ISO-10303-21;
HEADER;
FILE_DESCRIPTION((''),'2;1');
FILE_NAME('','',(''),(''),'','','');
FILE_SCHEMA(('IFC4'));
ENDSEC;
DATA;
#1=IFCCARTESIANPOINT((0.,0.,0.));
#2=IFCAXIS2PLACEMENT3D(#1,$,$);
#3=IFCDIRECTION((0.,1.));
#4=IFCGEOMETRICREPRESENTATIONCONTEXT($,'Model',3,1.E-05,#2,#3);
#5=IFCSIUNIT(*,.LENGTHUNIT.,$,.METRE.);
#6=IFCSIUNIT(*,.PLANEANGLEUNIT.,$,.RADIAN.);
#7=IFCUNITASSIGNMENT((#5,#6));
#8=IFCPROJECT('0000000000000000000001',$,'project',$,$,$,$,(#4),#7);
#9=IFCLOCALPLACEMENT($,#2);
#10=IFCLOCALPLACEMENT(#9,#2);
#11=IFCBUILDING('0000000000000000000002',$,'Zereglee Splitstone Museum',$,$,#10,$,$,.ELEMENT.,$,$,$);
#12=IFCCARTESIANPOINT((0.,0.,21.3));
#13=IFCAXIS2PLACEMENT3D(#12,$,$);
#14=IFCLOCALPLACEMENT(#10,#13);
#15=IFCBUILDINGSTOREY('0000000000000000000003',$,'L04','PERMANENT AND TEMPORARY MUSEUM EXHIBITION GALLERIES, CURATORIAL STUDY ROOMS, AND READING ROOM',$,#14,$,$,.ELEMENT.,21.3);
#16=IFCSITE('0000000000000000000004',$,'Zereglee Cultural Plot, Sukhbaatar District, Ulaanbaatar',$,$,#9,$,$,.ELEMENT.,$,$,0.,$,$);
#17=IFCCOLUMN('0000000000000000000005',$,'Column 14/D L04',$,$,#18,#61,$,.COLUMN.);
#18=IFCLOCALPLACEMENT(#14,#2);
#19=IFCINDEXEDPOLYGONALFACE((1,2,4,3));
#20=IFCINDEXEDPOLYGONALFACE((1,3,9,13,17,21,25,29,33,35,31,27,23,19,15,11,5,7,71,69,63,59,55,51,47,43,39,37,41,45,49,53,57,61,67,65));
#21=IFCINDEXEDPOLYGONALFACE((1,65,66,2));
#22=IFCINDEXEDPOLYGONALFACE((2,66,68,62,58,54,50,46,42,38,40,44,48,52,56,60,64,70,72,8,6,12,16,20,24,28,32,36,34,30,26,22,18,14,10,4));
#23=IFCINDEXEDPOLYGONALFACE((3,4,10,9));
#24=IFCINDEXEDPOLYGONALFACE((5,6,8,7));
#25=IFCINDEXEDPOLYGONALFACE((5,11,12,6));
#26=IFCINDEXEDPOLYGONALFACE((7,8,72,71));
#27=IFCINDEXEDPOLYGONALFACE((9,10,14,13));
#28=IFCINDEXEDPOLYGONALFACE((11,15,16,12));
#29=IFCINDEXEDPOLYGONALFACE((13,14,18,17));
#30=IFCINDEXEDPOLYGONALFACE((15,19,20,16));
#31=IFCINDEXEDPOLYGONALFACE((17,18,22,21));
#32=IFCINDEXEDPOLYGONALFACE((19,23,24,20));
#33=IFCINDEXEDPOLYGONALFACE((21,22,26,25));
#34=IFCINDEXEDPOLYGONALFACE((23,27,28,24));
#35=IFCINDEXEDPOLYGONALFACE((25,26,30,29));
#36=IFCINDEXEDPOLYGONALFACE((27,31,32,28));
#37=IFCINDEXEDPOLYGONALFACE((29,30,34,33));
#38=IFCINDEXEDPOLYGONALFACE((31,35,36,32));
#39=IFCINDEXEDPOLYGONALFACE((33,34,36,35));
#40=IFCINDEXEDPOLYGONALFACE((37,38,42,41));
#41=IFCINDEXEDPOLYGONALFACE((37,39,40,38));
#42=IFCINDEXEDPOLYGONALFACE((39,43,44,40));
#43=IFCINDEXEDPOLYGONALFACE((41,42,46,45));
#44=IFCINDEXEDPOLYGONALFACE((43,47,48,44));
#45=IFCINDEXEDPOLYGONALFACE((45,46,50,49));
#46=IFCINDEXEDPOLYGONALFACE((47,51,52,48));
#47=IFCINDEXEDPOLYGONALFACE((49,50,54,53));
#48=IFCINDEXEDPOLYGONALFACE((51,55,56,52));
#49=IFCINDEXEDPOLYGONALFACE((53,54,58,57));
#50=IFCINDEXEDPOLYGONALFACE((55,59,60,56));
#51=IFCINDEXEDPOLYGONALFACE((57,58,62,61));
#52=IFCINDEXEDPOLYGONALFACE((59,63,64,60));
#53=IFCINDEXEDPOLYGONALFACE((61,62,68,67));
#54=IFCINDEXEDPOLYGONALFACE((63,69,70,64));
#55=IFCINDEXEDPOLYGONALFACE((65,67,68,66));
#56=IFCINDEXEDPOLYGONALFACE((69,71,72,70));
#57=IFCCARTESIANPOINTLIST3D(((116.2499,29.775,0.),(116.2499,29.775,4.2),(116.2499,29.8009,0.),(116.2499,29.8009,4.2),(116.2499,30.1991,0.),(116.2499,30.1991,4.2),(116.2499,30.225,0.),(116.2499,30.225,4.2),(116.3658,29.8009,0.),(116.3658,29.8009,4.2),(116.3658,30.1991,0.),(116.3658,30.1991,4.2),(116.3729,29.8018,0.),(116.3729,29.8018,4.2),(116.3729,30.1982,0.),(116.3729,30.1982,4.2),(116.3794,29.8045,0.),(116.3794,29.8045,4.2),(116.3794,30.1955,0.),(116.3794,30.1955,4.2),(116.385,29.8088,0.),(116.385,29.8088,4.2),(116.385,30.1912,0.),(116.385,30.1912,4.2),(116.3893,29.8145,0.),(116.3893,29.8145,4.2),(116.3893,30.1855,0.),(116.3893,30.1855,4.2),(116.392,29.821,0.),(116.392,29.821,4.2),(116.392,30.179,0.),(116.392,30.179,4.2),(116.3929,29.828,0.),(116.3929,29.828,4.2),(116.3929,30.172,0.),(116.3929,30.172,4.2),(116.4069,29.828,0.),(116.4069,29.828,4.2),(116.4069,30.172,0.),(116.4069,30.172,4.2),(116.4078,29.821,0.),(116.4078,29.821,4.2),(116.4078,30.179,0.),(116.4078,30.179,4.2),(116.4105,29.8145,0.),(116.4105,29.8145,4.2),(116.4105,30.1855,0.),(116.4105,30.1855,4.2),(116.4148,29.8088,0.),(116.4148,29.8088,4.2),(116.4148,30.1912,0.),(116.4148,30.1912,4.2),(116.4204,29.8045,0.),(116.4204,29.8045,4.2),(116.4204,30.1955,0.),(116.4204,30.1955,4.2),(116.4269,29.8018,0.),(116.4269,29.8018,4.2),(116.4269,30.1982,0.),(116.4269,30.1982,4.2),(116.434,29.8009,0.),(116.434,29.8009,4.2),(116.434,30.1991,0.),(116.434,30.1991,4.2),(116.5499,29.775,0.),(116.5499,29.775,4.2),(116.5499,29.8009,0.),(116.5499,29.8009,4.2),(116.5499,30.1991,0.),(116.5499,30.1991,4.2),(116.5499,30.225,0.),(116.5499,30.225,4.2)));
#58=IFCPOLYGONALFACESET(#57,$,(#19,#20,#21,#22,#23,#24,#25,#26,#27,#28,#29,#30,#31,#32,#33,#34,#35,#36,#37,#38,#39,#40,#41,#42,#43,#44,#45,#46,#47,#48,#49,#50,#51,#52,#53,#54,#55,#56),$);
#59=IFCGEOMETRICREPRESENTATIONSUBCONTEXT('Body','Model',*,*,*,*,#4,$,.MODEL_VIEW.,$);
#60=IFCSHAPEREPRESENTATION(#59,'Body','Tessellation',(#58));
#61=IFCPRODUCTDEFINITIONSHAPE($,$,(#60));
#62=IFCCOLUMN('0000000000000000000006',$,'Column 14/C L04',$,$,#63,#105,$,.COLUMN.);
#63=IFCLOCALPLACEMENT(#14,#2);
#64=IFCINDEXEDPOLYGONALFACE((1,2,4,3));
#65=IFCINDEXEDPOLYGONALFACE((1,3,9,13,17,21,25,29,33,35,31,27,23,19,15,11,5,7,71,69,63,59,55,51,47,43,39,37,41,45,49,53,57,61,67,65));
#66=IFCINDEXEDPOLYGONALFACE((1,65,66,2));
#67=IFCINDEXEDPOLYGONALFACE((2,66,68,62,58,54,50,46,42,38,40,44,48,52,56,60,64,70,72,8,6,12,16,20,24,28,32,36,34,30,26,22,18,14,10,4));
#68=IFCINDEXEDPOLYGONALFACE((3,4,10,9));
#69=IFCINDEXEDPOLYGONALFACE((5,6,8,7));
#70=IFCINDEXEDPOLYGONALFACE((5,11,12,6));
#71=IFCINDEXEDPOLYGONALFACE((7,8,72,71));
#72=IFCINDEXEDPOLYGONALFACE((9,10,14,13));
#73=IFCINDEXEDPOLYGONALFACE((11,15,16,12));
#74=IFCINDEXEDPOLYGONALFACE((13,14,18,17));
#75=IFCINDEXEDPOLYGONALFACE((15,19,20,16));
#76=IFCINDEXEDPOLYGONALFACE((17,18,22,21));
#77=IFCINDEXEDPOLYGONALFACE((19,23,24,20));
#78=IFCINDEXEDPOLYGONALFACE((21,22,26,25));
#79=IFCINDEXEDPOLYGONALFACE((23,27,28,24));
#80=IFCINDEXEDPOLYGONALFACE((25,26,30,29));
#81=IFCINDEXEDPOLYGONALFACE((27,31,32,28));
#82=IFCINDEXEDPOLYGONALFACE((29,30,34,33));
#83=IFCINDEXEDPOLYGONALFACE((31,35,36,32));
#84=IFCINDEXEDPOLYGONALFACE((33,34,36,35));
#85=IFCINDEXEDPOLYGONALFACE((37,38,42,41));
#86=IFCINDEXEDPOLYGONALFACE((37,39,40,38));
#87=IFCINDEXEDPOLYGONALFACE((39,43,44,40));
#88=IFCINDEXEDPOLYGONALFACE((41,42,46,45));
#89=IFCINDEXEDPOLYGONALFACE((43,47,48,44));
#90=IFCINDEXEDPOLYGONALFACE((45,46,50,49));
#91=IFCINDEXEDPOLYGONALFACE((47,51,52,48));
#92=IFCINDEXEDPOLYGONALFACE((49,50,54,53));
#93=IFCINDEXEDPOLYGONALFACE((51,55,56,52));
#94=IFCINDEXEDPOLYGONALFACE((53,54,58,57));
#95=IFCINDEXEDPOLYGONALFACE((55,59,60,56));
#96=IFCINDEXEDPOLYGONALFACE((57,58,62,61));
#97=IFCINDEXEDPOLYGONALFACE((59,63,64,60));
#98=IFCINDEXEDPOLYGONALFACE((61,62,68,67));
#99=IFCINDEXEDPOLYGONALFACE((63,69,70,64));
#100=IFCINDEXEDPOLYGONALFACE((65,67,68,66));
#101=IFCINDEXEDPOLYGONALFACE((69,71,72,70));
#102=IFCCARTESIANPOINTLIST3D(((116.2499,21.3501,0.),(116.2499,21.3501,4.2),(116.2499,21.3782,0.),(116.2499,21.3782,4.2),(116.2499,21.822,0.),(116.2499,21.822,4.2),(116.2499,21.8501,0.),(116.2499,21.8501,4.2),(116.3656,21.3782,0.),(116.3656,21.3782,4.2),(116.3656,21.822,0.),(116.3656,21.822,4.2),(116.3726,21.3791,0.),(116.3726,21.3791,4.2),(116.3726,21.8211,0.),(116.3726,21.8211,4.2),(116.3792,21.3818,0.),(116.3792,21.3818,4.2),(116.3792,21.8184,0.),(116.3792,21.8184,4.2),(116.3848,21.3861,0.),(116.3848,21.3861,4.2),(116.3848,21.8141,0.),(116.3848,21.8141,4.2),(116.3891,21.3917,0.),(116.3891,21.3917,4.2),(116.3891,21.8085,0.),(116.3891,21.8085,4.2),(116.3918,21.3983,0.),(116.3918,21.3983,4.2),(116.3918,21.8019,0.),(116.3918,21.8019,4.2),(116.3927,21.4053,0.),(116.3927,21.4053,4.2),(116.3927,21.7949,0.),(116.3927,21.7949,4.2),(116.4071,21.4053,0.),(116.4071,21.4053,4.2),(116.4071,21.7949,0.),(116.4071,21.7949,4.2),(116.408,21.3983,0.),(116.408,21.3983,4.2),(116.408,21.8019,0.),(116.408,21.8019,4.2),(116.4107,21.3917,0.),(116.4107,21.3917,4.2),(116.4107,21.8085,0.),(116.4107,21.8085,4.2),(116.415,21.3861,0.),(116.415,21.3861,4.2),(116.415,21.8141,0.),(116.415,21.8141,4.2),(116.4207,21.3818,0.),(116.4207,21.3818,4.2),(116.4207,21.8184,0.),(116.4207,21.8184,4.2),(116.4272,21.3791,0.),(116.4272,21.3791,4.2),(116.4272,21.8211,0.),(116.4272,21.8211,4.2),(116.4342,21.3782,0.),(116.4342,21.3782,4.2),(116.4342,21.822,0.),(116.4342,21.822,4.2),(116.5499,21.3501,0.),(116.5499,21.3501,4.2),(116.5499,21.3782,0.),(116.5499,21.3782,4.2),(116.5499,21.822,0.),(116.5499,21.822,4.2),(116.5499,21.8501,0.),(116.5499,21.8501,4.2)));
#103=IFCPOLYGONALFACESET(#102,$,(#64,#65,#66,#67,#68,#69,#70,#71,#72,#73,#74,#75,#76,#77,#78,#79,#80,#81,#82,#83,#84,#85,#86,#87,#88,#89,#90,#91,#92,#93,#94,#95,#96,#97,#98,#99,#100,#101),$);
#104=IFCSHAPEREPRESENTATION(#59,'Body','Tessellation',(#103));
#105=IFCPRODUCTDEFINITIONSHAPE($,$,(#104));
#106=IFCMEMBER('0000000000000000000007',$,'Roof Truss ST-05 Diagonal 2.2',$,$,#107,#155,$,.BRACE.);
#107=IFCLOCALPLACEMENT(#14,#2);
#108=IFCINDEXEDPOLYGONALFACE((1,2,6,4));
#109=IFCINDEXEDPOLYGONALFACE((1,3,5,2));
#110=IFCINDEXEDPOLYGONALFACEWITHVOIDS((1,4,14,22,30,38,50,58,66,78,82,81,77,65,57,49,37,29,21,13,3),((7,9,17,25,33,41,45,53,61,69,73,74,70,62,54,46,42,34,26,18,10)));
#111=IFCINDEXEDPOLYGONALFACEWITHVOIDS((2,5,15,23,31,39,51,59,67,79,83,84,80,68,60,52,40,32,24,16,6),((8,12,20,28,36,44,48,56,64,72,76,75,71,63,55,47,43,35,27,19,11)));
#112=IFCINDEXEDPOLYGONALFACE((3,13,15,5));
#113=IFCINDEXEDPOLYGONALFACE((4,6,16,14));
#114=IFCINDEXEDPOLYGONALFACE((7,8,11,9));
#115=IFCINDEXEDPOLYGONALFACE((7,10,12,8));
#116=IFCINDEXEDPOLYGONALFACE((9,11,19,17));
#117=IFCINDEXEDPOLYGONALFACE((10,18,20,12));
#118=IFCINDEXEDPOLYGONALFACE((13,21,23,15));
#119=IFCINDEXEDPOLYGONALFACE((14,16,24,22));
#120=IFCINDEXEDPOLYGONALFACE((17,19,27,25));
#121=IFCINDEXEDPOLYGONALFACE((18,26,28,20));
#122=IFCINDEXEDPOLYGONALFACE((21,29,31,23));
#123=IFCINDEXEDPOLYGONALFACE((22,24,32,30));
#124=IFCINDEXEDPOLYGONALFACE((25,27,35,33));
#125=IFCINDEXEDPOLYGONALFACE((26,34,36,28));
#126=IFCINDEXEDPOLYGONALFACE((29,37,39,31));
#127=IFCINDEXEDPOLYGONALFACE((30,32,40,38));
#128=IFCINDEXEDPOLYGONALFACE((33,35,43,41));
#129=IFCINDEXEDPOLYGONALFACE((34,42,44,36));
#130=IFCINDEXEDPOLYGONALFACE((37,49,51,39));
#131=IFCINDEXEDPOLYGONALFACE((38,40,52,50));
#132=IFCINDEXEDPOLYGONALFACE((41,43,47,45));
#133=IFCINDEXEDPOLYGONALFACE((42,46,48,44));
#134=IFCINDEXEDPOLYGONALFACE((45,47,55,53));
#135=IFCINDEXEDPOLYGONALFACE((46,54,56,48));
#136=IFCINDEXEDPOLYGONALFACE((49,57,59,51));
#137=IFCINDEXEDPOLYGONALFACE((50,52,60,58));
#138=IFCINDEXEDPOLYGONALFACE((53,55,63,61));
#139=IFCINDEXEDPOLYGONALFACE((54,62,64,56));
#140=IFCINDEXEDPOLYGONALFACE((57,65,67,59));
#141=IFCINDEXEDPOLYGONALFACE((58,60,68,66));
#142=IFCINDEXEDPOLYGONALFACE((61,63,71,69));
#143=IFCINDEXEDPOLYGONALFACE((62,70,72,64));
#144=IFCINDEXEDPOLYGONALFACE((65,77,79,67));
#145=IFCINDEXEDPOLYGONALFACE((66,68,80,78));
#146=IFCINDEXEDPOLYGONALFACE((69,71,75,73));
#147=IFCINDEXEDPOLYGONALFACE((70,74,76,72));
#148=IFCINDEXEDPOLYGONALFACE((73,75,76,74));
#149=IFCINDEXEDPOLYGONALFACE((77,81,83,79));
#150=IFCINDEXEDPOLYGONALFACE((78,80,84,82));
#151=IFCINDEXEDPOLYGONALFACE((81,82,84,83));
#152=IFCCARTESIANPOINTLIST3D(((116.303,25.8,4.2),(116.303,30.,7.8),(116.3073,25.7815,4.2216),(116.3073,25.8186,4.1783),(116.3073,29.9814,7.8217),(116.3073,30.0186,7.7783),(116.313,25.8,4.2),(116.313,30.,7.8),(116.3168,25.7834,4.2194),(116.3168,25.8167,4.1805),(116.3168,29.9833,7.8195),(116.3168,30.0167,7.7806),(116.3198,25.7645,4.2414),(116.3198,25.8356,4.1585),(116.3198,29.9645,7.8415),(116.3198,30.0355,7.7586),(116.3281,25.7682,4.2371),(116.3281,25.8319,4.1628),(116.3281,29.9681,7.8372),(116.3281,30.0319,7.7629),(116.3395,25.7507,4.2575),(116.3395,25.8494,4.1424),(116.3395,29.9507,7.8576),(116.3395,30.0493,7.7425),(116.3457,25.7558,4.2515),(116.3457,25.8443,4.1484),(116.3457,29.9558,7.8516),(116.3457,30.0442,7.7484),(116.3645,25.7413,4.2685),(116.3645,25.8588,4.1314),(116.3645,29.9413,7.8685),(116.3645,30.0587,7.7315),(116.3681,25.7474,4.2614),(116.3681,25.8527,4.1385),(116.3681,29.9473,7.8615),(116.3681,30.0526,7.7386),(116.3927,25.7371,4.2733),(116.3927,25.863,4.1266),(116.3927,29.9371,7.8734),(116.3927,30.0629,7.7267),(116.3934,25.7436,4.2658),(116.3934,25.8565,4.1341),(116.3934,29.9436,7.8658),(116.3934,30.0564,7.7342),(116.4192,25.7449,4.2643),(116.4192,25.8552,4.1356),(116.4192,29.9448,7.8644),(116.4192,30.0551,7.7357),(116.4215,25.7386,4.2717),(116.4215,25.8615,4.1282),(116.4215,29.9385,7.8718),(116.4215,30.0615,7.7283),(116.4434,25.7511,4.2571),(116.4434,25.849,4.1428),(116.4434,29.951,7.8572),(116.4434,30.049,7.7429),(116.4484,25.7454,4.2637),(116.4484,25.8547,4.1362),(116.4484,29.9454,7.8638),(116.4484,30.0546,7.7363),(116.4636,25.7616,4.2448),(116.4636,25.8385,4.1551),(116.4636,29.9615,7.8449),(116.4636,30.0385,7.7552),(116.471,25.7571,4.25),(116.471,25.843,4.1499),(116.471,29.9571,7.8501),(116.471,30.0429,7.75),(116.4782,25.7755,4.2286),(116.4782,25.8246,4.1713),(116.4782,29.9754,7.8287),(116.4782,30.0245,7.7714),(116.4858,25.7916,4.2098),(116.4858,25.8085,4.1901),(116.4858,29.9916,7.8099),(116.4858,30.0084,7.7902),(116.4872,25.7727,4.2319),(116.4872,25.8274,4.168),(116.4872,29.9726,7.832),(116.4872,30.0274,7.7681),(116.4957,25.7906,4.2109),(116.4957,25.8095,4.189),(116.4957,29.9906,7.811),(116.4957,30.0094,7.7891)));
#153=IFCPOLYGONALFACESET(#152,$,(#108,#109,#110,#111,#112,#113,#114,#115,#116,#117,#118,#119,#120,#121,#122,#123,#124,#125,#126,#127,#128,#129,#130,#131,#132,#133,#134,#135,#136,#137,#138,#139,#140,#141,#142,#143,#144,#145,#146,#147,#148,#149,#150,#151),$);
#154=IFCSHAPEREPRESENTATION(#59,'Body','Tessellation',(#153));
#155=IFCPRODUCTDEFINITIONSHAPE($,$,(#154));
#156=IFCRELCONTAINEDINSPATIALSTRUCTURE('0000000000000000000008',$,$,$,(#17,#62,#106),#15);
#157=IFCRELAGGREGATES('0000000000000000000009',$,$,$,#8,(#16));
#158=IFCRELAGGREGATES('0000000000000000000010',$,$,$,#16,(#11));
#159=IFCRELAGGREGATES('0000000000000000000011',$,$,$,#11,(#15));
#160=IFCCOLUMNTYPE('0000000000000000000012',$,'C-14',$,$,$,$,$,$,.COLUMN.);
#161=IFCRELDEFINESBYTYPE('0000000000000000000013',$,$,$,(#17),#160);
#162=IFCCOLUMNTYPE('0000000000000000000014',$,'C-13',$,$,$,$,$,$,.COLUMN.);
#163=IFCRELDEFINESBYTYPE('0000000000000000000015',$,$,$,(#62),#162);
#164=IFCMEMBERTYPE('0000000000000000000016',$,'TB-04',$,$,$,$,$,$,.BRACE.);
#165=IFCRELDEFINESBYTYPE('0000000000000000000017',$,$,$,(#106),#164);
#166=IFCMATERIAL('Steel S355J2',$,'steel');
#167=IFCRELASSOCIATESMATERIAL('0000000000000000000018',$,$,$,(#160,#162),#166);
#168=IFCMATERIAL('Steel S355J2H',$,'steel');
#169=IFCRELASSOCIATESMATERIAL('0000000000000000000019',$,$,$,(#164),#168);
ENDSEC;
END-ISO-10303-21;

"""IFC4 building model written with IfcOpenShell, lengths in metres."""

from ifc_helpers import new_model, si_unit, direction, frame, origin, origin_2d, place, context, subcontext, project, spatial, hollow_circle, i_section, extrude, material, material_profile, profile_set, type_object, element, save


model = new_model("IFC4")

# Units and contexts
model_context = context("Model", 3, precision=1e-05, world=origin(), true_north=direction((0.0, 1.0)))
body_context = subcontext(model_context, "Body", "Model", "MODEL_VIEW")
ifc_project = project(units=[si_unit("LENGTHUNIT", "METRE"), si_unit("PLANEANGLEUNIT", "RADIAN")], contexts=[model_context])

# Site, building, storey
site_placement = place(None, origin())
site = spatial("IfcSite", under=ifc_project, at=site_placement, Name="Zereglee Cultural Plot, Sukhbaatar District, Ulaanbaatar", CompositionType="ELEMENT", RefElevation=0.0)
building_placement = place(site_placement, origin())
building = spatial("IfcBuilding", under=site, at=building_placement, Name="Zereglee Splitstone Museum", CompositionType="ELEMENT")
storey_placement = place(building_placement, frame((0.0, 0.0, 21.3)))
storey = spatial("IfcBuildingStorey", under=building, at=storey_placement, Name="L04", Description="PERMANENT AND TEMPORARY MUSEUM EXHIBITION GALLERIES, CURATORIAL STUDY ROOMS, AND READING ROOM", CompositionType="ELEMENT", Elevation=21.3)

# Columns
ifc_material_1 = material(Name="Steel S355J2", Category="steel")
ifc_material_profile_1 = material_profile(ifc_material_1, i_section(OverallWidth=0.3, OverallDepth=0.45, WebThickness=0.0139, FlangeThickness=0.0259, FilletRadius=0.0271, at=origin_2d()), Name="HE 450 B")
ifc_profile_set_1 = profile_set([ifc_material_profile_1], Name="Steel S355J2")
column_type_1 = type_object("IfcColumnType", Name="C-14", PredefinedType="COLUMN", material=ifc_profile_set_1)
column_1_placement = place(storey_placement, frame((116.3999, 30.0, 0.0), z_axis=(0.0, 0.0, 1.0), x_axis=(1.0, 0.0, 0.0)))
element("IfcColumn", 1, at=column_1_placement, inside=storey, type_object=column_type_1, Name="Column 14/D L04", PredefinedType="COLUMN", context=body_context, shape_type="SweptSolid", body=[
    extrude(i_section(OverallWidth=0.3, OverallDepth=0.45, WebThickness=0.0139, FlangeThickness=0.0259, FilletRadius=0.0271, at=origin_2d()), origin(), (0.0, 0.0, 1.0), 4.2),
])
ifc_material_profile_2 = material_profile(ifc_material_1, i_section(OverallWidth=0.3, OverallDepth=0.5, WebThickness=0.0144, FlangeThickness=0.0281, FilletRadius=0.0271, at=origin_2d()), Name="HE 500 B")
ifc_profile_set_2 = profile_set([ifc_material_profile_2], Name="Steel S355J2")
column_type_2 = type_object("IfcColumnType", Name="C-13", PredefinedType="COLUMN", material=ifc_profile_set_2)
column_2_placement = place(storey_placement, frame((116.3999, 21.6001, 0.0), z_axis=(0.0, 0.0, 1.0), x_axis=(1.0, 0.0, 0.0)))
element("IfcColumn", 2, at=column_2_placement, inside=storey, type_object=column_type_2, Name="Column 14/C L04", PredefinedType="COLUMN", context=body_context, shape_type="SweptSolid", body=[
    extrude(i_section(OverallWidth=0.3, OverallDepth=0.5, WebThickness=0.0144, FlangeThickness=0.0281, FilletRadius=0.0271, at=origin_2d()), origin(), (0.0, 0.0, 1.0), 4.2),
])

# Member
ifc_material_2 = material(Name="Steel S355J2H", Category="steel")
ifc_material_profile_3 = material_profile(ifc_material_2, hollow_circle(Radius=0.0969, WallThickness=0.01, at=origin_2d()), Name="CHS 193.7x10")
ifc_profile_set_3 = profile_set([ifc_material_profile_3], Name="Steel S355J2H")
member_type_1 = type_object("IfcMemberType", Name="TB-04", PredefinedType="BRACE", material=ifc_profile_set_3)
member_1_placement = place(storey_placement, frame((116.3999, 25.8, 4.2), z_axis=(0.0, 0.759244, 0.650806), x_axis=(-1.0, 0.0, 0.0)))
element("IfcMember", 3, at=member_1_placement, inside=storey, type_object=member_type_1, Name="Roof Truss ST-05 Diagonal 2.2", PredefinedType="BRACE", context=body_context, shape_type="SweptSolid", body=[
    extrude(hollow_circle(Radius=0.0969, WallThickness=0.01, at=origin_2d()), origin(), (0.0, 0.0, 1.0), 5.5317),
])

save(model, "model.ifc")
